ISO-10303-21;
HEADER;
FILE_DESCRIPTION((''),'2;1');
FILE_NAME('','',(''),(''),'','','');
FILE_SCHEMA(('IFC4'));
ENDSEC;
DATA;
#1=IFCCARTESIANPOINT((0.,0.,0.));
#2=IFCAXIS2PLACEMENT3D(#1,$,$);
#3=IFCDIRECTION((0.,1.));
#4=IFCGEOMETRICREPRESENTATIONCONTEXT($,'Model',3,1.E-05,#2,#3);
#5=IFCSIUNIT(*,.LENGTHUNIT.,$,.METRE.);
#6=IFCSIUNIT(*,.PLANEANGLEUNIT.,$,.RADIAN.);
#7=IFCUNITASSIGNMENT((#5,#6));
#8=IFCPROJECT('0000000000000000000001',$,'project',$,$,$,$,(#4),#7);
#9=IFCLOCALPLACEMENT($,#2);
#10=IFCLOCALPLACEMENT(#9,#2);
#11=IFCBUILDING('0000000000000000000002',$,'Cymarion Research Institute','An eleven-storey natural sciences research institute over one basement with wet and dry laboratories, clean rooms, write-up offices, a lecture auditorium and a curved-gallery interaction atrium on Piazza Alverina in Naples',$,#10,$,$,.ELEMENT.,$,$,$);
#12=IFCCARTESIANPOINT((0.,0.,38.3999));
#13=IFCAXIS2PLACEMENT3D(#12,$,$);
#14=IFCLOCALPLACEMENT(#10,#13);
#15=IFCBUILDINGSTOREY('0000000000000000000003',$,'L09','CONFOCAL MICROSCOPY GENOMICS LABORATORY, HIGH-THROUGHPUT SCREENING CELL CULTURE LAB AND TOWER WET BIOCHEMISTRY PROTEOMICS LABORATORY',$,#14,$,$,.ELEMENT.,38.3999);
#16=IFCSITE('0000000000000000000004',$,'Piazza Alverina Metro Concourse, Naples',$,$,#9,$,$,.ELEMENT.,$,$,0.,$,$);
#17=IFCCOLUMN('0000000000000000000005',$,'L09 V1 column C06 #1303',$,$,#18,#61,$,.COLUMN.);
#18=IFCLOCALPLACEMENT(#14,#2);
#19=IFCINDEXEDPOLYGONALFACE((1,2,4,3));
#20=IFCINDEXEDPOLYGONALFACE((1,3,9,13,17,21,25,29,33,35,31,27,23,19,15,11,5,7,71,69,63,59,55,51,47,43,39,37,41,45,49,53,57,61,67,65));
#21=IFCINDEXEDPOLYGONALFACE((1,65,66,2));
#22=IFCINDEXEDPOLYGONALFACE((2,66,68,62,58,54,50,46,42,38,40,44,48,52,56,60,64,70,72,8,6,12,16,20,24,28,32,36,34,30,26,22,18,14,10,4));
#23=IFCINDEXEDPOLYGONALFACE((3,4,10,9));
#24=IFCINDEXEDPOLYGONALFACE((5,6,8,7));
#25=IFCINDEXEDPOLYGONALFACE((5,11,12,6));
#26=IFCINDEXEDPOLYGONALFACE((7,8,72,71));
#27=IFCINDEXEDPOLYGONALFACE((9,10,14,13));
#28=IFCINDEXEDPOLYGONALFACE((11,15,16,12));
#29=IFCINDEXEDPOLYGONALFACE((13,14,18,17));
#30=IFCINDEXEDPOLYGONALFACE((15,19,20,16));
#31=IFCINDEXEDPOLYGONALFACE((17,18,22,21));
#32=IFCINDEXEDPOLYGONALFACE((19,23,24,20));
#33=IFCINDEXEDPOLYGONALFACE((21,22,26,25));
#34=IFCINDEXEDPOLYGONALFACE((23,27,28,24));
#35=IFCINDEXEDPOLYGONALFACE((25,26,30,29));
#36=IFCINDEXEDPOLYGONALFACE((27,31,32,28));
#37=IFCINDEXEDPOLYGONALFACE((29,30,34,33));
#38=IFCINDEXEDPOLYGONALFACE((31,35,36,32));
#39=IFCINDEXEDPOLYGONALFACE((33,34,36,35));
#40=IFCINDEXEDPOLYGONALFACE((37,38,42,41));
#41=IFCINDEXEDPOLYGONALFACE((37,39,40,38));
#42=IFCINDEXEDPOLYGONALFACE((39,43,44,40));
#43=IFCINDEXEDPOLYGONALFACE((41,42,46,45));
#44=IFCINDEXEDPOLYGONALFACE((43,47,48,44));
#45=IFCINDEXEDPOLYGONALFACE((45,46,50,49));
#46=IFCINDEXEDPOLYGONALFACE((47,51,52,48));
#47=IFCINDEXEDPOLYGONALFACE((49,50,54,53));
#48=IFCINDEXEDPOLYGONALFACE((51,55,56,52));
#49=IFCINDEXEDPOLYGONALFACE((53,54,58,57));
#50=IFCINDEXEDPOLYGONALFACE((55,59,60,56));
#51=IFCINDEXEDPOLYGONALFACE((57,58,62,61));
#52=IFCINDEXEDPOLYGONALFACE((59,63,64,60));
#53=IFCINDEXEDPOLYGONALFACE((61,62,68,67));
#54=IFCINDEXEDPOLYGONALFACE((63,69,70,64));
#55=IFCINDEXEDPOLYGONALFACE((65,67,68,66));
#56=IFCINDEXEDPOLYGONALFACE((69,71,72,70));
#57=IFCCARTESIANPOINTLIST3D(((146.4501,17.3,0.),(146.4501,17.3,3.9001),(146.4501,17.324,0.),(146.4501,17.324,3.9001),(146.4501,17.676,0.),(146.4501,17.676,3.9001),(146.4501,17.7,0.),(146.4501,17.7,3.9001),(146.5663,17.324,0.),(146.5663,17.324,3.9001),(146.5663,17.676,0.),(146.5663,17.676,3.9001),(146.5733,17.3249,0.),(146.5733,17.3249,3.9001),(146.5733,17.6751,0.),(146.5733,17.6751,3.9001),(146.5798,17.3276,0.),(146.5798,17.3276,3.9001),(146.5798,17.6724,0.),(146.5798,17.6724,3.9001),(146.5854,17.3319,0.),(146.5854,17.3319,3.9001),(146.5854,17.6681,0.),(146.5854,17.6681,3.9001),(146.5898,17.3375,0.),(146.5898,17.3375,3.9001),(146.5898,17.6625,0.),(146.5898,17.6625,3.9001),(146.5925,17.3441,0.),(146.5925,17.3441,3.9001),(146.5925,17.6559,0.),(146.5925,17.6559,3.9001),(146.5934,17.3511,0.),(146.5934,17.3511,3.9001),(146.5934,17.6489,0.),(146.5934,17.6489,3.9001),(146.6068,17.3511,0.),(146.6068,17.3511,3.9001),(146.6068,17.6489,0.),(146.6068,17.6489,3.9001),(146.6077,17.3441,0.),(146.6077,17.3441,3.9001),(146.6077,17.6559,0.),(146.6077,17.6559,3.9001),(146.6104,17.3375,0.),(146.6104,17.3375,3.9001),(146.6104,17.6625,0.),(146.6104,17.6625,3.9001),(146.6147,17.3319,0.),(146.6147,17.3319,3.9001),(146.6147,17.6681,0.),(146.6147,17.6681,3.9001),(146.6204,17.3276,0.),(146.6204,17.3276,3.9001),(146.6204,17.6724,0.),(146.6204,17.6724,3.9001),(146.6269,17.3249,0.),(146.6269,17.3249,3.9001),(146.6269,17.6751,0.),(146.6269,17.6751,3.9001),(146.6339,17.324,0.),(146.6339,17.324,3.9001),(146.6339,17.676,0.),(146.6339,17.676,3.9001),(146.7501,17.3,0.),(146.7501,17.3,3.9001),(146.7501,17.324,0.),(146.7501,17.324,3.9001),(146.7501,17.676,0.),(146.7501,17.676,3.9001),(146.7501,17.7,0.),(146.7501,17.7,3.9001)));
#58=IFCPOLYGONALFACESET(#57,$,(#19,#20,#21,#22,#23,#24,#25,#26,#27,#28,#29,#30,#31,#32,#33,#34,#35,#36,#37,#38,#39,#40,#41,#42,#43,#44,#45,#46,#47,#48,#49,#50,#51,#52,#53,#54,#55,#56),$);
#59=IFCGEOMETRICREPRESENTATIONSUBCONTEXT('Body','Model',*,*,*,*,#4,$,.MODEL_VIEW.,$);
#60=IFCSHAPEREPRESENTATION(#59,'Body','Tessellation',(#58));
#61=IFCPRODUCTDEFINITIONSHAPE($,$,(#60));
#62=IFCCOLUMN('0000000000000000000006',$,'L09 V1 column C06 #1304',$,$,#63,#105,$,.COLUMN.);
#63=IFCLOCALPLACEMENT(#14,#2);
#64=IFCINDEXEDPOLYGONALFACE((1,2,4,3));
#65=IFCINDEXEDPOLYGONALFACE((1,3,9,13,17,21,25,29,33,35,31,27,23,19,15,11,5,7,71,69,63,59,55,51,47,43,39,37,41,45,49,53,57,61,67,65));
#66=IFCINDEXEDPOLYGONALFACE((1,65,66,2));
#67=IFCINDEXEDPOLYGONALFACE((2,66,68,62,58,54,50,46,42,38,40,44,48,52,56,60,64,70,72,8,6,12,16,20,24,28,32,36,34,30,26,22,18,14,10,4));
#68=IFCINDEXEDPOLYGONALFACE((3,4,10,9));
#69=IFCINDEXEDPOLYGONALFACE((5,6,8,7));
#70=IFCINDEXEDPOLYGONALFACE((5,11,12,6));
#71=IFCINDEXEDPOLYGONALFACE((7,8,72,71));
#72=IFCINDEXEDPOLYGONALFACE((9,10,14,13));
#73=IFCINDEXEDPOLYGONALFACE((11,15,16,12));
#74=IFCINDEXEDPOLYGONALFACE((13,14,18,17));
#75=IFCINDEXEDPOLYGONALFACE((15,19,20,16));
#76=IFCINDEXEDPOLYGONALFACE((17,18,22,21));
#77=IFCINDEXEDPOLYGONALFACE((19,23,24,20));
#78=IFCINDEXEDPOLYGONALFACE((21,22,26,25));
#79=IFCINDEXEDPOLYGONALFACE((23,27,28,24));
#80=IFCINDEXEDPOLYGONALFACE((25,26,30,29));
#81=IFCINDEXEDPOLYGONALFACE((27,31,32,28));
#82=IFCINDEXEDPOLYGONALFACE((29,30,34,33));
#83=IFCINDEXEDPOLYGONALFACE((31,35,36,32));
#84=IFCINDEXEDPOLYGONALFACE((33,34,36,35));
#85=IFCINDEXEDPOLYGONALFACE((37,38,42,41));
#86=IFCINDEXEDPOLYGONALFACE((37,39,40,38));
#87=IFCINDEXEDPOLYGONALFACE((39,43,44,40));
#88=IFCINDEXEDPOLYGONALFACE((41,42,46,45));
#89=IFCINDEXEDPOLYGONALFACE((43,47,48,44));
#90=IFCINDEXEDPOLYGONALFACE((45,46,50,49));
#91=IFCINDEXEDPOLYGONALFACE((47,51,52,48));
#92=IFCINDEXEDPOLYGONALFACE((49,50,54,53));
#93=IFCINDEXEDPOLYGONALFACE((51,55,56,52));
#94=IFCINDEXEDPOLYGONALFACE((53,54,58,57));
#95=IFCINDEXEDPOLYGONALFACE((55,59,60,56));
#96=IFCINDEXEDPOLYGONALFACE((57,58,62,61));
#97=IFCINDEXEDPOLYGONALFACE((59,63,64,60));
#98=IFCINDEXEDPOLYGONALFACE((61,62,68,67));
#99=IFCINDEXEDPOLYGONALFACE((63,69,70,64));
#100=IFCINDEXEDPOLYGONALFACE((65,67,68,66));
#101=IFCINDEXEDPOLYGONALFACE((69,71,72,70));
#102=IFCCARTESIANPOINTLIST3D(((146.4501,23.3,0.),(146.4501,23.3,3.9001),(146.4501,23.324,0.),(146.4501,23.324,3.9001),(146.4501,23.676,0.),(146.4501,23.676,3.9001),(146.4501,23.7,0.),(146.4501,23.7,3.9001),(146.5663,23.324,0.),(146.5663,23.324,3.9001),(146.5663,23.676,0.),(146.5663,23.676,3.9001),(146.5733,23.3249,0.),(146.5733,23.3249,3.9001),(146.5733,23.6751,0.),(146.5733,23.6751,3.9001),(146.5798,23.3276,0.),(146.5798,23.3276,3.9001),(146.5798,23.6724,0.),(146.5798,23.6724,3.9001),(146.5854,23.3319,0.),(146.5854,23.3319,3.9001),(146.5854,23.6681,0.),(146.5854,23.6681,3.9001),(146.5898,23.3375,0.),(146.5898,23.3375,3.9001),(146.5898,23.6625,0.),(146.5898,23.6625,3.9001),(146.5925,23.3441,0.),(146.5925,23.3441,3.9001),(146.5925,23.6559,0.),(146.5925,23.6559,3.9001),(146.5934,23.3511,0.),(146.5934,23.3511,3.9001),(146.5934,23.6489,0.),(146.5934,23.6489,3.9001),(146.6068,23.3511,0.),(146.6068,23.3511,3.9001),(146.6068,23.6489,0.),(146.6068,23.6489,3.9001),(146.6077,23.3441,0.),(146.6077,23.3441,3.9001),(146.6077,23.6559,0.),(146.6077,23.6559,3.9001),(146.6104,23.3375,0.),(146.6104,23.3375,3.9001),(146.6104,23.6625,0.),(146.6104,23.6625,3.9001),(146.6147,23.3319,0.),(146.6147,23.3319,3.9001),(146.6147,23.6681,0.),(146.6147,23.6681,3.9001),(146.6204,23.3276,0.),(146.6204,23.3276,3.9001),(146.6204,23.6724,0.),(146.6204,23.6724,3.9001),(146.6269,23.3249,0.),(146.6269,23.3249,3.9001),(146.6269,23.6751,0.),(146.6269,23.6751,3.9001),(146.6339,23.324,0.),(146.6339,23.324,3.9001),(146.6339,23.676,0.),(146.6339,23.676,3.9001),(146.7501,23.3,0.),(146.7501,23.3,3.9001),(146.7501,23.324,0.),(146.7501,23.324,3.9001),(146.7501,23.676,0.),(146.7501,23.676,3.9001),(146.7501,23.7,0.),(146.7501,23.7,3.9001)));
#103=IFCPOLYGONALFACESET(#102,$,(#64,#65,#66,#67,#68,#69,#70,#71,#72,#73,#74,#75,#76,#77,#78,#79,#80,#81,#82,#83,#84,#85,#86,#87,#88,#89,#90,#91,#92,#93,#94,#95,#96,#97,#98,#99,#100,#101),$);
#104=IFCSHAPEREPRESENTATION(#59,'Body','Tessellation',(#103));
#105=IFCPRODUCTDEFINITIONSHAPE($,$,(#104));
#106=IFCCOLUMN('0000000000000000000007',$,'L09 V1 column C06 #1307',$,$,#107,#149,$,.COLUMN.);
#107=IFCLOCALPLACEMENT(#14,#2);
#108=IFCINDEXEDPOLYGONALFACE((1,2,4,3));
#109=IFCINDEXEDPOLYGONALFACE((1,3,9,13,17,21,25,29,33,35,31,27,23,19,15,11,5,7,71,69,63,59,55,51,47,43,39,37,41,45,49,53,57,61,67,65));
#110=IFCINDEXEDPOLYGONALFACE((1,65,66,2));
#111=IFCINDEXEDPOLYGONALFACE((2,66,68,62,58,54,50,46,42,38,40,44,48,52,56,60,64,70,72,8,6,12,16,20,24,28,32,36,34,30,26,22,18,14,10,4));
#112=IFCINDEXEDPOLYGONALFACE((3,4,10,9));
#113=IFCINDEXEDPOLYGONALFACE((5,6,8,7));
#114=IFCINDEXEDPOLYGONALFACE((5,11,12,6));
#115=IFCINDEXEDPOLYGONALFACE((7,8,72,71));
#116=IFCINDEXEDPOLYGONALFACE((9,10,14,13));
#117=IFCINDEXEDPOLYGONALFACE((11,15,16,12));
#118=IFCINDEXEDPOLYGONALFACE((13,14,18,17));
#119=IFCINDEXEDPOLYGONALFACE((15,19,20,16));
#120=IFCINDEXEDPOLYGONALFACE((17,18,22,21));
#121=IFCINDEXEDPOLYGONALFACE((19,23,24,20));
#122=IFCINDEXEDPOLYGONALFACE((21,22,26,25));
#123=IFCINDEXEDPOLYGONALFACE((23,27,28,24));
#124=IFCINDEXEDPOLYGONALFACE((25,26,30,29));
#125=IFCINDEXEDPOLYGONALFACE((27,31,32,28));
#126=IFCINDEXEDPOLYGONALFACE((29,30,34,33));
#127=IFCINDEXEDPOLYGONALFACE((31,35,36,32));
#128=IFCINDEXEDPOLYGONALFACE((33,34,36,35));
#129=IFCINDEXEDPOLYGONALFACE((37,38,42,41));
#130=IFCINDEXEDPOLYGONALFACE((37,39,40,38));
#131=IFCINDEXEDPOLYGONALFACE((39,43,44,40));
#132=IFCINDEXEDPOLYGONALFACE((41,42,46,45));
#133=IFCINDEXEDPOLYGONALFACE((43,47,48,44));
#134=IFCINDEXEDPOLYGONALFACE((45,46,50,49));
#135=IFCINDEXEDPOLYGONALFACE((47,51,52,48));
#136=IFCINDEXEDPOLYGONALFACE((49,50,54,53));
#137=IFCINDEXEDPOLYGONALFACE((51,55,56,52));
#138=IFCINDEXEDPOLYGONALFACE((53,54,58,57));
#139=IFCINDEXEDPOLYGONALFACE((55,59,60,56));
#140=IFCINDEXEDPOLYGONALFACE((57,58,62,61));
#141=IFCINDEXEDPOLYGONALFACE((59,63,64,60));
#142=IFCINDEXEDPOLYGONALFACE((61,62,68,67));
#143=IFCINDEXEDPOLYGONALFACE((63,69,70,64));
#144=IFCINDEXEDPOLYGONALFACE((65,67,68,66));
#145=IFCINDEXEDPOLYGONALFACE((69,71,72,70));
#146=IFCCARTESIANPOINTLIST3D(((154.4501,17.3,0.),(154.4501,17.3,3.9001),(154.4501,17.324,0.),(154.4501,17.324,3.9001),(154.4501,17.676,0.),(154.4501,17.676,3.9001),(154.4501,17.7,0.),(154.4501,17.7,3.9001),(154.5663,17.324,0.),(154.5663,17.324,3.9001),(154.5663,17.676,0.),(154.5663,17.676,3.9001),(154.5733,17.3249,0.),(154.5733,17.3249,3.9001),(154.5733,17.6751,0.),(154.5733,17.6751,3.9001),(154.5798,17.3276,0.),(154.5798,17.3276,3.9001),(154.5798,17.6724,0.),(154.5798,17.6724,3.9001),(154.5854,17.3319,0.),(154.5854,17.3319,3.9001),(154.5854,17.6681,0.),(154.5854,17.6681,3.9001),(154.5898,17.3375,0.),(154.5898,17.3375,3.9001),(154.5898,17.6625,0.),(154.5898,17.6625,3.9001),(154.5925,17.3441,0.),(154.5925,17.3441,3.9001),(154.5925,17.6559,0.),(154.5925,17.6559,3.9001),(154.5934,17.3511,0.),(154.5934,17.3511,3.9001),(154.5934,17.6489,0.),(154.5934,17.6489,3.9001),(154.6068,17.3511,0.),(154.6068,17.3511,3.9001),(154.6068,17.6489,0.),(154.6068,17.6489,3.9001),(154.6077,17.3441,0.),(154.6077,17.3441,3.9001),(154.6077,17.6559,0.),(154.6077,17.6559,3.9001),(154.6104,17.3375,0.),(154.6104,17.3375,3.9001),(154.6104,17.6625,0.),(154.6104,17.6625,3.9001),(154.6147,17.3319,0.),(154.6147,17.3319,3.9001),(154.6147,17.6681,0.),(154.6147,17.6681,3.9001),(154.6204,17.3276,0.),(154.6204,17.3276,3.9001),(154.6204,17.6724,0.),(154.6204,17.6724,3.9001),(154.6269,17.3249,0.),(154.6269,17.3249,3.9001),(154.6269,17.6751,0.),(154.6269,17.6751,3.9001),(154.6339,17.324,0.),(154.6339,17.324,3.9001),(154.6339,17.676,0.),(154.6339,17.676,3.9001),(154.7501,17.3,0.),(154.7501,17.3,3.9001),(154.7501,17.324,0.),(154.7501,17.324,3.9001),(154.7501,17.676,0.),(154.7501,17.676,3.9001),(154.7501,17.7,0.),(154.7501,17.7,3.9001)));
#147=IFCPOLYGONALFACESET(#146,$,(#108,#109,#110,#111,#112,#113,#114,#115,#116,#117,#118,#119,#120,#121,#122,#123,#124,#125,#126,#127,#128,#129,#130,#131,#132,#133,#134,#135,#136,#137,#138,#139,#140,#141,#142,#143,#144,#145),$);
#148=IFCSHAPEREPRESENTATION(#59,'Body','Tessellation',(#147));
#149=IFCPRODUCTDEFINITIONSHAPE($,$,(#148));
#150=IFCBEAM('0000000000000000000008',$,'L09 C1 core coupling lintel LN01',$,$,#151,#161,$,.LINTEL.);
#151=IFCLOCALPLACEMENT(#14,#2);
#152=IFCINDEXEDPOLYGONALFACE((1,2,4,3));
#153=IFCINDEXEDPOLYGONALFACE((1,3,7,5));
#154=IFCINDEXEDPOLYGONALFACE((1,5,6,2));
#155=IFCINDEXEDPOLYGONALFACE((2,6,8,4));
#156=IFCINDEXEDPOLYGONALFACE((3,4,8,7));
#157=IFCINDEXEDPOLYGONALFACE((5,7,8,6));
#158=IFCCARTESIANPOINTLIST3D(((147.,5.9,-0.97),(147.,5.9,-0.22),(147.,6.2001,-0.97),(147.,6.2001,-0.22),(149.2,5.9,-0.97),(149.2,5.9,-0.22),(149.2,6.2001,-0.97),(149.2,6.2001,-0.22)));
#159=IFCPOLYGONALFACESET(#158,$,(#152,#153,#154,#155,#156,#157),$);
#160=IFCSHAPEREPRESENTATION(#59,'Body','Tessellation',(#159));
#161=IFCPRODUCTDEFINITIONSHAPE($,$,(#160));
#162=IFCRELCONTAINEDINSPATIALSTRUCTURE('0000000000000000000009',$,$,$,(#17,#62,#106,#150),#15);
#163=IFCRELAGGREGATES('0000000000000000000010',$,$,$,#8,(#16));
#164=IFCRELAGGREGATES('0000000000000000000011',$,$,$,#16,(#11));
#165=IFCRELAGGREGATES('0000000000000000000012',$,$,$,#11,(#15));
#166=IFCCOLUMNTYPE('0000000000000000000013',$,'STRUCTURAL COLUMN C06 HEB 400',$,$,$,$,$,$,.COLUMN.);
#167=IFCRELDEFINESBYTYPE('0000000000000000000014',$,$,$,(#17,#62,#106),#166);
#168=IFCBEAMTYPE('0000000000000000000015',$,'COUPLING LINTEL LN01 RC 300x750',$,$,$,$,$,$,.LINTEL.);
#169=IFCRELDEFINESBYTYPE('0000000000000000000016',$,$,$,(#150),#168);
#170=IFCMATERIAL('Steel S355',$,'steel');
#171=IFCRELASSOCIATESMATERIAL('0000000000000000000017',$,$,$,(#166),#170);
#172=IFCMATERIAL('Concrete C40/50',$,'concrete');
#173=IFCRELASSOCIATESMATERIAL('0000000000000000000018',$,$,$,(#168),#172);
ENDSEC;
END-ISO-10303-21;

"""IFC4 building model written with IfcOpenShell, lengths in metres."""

from ifc_helpers import new_model, si_unit, direction, frame, origin, origin_2d, place, context, subcontext, project, spatial, rectangle, i_section, extrude, material, material_profile, profile_set, type_object, element, save


model = new_model("IFC4")

# Units and contexts
model_context = context("Model", 3, precision=1e-05, world=origin(), true_north=direction((0.0, 1.0)))
body_context = subcontext(model_context, "Body", "Model", "MODEL_VIEW")
ifc_project = project(units=[si_unit("LENGTHUNIT", "METRE"), si_unit("PLANEANGLEUNIT", "RADIAN")], contexts=[model_context])

# Site, building, storey
site_placement = place(None, origin())
site = spatial("IfcSite", under=ifc_project, at=site_placement, Name="Piazza Alverina Metro Concourse, Naples", CompositionType="ELEMENT", RefElevation=0.0)
building_placement = place(site_placement, origin())
building = spatial("IfcBuilding", under=site, at=building_placement, Name="Cymarion Research Institute", Description="An eleven-storey natural sciences research institute over one basement with wet and dry laboratories, clean rooms, write-up offices, a lecture auditorium and a curved-gallery interaction atrium on Piazza Alverina in Naples", CompositionType="ELEMENT")
storey_placement = place(building_placement, frame((0.0, 0.0, 38.3999)))
storey = spatial("IfcBuildingStorey", under=building, at=storey_placement, Name="L09", Description="CONFOCAL MICROSCOPY GENOMICS LABORATORY, HIGH-THROUGHPUT SCREENING CELL CULTURE LAB AND TOWER WET BIOCHEMISTRY PROTEOMICS LABORATORY", CompositionType="ELEMENT", Elevation=38.3999)

# Columns
ifc_material_1 = material(Name="Steel S355", Category="steel")
ifc_material_profile_1 = material_profile(ifc_material_1, i_section(OverallWidth=0.3, OverallDepth=0.3999, WebThickness=0.0134, FlangeThickness=0.0239, FilletRadius=0.0271, at=origin_2d()), Name="HEB 400")
ifc_profile_set_1 = profile_set([ifc_material_profile_1], Name="Steel S355")
column_type = type_object("IfcColumnType", Name="STRUCTURAL COLUMN C06 HEB 400", PredefinedType="COLUMN", material=ifc_profile_set_1)
for number, where, z_axis, x_axis, name in (
    (1, (146.6001, 17.5, 0.0), (0.0, 0.0, 1.0), (1.0, 0.0, 0.0), "L09 V1 column C06 #1303"),
    (2, (146.6001, 23.5, 0.0), (0.0, 0.0, 1.0), (1.0, 0.0, 0.0), "L09 V1 column C06 #1304"),
    (3, (154.6001, 17.5, 0.0), (0.0, 0.0, 1.0), (1.0, 0.0, 0.0), "L09 V1 column C06 #1307"),
):
    element("IfcColumn", number, at=place(storey_placement, frame(where, z_axis=z_axis, x_axis=x_axis)), inside=storey, type_object=column_type, Name=name, PredefinedType="COLUMN", context=body_context, shape_type="SweptSolid", body=[
        extrude(i_section(OverallWidth=0.3, OverallDepth=0.3999, WebThickness=0.0134, FlangeThickness=0.0239, FilletRadius=0.0271, at=origin_2d()), origin(), (0.0, 0.0, 1.0), 3.9001),
    ])

# Beam
ifc_material_2 = material(Name="Concrete C40/50", Category="concrete")
ifc_material_profile_2 = material_profile(ifc_material_2, rectangle(XDim=0.3, YDim=0.75, at=origin_2d()), Name="RC 300x750")
ifc_profile_set_2 = profile_set([ifc_material_profile_2], Name="Concrete C40/50")
beam_type_1 = type_object("IfcBeamType", Name="COUPLING LINTEL LN01 RC 300x750", PredefinedType="LINTEL", material=ifc_profile_set_2)
beam_1_placement = place(storey_placement, frame((147.0, 6.05, -0.595), z_axis=(1.0, 0.0, 0.0), x_axis=(0.0, 1.0, 0.0)))
element("IfcBeam", 4, at=beam_1_placement, inside=storey, type_object=beam_type_1, Name="L09 C1 core coupling lintel LN01", PredefinedType="LINTEL", context=body_context, shape_type="SweptSolid", body=[
    extrude(rectangle(XDim=0.3, YDim=0.75, at=origin_2d()), origin(), (0.0, 0.0, 1.0), 2.2),
])

save(model, "model.ifc")
